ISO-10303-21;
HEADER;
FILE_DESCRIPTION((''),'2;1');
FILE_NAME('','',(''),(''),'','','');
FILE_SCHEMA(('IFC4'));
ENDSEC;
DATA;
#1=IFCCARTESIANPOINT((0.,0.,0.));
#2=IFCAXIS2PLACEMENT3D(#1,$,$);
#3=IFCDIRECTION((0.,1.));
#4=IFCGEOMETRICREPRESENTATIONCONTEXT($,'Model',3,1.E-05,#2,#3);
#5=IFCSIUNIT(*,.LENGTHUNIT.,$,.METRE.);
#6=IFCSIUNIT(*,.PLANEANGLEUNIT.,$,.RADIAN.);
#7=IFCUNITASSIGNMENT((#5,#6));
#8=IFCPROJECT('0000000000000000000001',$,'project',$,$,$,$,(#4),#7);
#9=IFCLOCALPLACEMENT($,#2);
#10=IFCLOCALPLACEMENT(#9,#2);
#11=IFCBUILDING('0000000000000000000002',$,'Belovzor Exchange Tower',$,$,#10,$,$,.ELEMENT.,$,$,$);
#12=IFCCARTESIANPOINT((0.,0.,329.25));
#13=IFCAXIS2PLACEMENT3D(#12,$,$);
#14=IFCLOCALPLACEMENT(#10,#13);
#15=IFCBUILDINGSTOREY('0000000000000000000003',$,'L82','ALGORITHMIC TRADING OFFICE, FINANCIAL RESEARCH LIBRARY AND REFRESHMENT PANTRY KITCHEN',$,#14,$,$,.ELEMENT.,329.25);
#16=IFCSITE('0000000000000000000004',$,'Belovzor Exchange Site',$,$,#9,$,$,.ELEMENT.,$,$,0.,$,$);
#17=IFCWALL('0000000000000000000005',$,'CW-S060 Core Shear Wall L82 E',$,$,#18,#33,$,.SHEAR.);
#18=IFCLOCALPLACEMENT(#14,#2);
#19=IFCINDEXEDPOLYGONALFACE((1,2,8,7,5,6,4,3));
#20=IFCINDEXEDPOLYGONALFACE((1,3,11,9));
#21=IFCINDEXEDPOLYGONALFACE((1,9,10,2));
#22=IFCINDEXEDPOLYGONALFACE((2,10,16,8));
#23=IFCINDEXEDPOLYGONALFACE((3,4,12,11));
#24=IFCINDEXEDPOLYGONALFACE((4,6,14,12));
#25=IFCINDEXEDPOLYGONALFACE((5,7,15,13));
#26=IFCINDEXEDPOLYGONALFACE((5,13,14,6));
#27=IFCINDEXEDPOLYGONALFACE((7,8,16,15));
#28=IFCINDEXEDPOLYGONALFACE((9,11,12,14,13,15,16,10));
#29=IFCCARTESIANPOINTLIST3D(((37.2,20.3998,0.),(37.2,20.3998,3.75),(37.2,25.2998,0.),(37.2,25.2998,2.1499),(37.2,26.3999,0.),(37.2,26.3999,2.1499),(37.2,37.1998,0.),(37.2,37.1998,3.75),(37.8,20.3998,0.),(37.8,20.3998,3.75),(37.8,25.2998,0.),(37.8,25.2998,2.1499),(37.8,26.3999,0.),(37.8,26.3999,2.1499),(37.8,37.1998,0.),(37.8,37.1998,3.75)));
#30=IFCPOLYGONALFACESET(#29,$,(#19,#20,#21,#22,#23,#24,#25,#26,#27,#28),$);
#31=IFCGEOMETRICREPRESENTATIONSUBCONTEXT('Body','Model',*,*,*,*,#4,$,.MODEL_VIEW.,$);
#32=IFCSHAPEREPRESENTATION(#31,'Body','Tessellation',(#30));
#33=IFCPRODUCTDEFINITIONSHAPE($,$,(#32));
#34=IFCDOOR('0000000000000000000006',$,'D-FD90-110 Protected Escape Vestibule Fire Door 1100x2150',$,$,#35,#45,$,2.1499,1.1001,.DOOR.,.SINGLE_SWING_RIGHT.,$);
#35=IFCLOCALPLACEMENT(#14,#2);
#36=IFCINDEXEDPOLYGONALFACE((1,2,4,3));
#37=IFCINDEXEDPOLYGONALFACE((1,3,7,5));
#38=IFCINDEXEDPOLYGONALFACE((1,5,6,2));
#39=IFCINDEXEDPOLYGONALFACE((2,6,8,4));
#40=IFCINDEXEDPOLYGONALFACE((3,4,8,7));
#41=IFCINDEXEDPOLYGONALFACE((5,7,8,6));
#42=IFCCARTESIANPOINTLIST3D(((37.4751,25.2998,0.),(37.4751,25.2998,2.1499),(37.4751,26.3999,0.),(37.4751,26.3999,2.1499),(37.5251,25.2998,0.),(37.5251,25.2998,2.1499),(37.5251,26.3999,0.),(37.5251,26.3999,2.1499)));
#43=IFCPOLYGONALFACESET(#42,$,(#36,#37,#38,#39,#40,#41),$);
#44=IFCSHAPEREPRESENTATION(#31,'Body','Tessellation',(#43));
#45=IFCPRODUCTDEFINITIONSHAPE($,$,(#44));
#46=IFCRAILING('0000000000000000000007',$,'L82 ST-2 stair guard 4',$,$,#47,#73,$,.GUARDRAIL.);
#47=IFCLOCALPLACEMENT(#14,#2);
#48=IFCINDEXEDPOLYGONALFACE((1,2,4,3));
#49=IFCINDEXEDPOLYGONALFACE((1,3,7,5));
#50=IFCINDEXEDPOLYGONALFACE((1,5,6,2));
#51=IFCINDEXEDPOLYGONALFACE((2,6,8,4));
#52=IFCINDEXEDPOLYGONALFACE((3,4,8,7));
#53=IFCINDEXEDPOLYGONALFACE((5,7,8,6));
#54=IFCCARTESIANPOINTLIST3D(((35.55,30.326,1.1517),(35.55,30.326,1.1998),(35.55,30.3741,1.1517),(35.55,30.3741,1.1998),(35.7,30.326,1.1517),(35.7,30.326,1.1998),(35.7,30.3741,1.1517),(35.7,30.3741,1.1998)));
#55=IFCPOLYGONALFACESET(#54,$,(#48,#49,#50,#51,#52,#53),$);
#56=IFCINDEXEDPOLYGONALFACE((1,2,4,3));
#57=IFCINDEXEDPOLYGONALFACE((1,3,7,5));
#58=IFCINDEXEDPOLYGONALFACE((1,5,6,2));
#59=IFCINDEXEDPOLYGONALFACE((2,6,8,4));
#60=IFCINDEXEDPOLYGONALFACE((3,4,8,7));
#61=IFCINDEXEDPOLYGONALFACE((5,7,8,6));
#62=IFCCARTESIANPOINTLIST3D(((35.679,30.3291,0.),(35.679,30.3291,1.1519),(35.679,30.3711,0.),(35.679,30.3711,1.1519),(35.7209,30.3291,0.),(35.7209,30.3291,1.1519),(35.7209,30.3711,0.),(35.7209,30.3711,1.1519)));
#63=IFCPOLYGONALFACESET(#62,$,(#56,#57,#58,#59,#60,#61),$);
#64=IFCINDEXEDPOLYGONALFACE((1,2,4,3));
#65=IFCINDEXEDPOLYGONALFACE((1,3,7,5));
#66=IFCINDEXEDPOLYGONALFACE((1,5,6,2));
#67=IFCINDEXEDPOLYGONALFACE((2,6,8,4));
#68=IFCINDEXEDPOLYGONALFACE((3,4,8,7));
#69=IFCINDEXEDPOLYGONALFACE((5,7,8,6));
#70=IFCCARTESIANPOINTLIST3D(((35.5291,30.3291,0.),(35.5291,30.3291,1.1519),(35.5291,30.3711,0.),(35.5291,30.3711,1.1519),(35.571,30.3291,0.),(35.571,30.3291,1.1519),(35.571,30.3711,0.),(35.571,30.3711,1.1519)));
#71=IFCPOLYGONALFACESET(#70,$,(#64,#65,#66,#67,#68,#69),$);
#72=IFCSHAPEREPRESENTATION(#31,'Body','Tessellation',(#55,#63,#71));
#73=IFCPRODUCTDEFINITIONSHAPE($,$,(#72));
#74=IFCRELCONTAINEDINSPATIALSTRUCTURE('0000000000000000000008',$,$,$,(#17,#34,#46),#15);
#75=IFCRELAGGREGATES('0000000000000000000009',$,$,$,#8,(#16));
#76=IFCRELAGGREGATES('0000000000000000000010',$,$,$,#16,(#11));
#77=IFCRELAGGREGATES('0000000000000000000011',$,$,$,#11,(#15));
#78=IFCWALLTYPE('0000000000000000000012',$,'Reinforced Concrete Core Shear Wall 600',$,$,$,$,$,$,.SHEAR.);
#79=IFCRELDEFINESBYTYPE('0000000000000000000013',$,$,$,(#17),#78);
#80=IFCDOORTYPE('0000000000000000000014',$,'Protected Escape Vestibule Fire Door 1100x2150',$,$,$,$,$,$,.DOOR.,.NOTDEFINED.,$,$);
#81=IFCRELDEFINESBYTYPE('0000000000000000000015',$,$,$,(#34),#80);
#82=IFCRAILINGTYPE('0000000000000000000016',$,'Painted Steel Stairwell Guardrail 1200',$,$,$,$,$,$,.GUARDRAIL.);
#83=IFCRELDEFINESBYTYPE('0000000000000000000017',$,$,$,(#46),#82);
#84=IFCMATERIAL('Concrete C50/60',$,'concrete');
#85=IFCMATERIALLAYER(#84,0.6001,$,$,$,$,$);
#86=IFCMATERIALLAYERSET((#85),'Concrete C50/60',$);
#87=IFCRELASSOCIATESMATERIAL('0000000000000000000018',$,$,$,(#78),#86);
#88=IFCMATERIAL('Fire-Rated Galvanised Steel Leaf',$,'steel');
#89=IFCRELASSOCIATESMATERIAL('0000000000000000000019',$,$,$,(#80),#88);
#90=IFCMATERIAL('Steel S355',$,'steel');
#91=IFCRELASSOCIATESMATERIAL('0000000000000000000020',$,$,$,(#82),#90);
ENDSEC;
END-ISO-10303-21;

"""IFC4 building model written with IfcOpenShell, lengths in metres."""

from ifc_helpers import new_model, si_unit, direction, frame, frame_2d, origin, origin_2d, place, context, subcontext, project, spatial, rectangle, extrude, material, layer, layer_set, type_object, element, fill, save


model = new_model("IFC4")

# Units and contexts
model_context = context("Model", 3, precision=1e-05, world=origin(), true_north=direction((0.0, 1.0)))
body_context = subcontext(model_context, "Body", "Model", "MODEL_VIEW")
ifc_project = project(units=[si_unit("LENGTHUNIT", "METRE"), si_unit("PLANEANGLEUNIT", "RADIAN")], contexts=[model_context])

# Site, building, storey
site_placement = place(None, origin())
site = spatial("IfcSite", under=ifc_project, at=site_placement, Name="Belovzor Exchange Site", CompositionType="ELEMENT", RefElevation=0.0)
building_placement = place(site_placement, origin())
building = spatial("IfcBuilding", under=site, at=building_placement, Name="Belovzor Exchange Tower", CompositionType="ELEMENT")
storey_placement = place(building_placement, frame((0.0, 0.0, 329.25)))
storey = spatial("IfcBuildingStorey", under=building, at=storey_placement, Name="L82", Description="ALGORITHMIC TRADING OFFICE, FINANCIAL RESEARCH LIBRARY AND REFRESHMENT PANTRY KITCHEN", CompositionType="ELEMENT", Elevation=329.25)

# Wall, opening, door
ifc_material_1 = material(Name="Concrete C50/60", Category="concrete")
ifc_layer_1 = layer(ifc_material_1, 0.6001)
ifc_layer_set_1 = layer_set([ifc_layer_1], Name="Concrete C50/60")
wall_type_1 = type_object("IfcWallType", Name="Reinforced Concrete Core Shear Wall 600", PredefinedType="SHEAR", material=ifc_layer_set_1)
wall_1_placement = place(storey_placement, frame((37.5, 20.3999, 0.0), z_axis=(0.0, 0.0, 1.0), x_axis=(0.0, 1.0, 0.0)))
wall_1 = element("IfcWall", 1, at=wall_1_placement, inside=storey, type_object=wall_type_1, Name="CW-S060 Core Shear Wall L82 E", PredefinedType="SHEAR", context=body_context, shape_type="SweptSolid", body=[
    extrude(rectangle(XDim=16.8, YDim=0.6001, at=frame_2d((8.3999, 0.0))), origin(), (0.0, 0.0, 1.0), 3.75),
])
opening_1_placement = place(wall_1_placement, frame((4.8999, 0.0, 0.0)))
opening_1 = element("IfcOpeningElement", 2, at=opening_1_placement, cuts=wall_1, PredefinedType="OPENING", context=body_context, shape_type="SweptSolid", body=[
    extrude(rectangle(XDim=1.1001, YDim=2.1499, at=frame_2d((0.55, 1.075))), frame((0.0, 0.3101, 0.0), z_axis=(0.0, -1.0, 0.0), x_axis=(1.0, 0.0, 0.0)), (0.0, 0.0, 1.0), 0.6201),
])
ifc_material_2 = material(Name="Fire-Rated Galvanised Steel Leaf", Category="steel")
door_type_1 = type_object("IfcDoorType", Name="Protected Escape Vestibule Fire Door 1100x2150", OperationType="NOTDEFINED", PredefinedType="DOOR", material=ifc_material_2)
door_1_placement = place(opening_1_placement, origin())
door_1 = element("IfcDoor", 3, at=door_1_placement, inside=storey, type_object=door_type_1, Name="D-FD90-110 Protected Escape Vestibule Fire Door 1100x2150", OperationType="SINGLE_SWING_RIGHT", OverallHeight=2.1499, OverallWidth=1.1001, PredefinedType="DOOR", context=body_context, shape_type="SweptSolid", body=[
    extrude(rectangle(XDim=1.1001, YDim=2.1499, at=frame_2d((0.55, 1.075))), frame((0.0, 0.0249, 0.0), z_axis=(0.0, -1.0, 0.0), x_axis=(1.0, 0.0, 0.0)), (0.0, 0.0, 1.0), 0.05),
])
fill(opening_1, door_1)

# Railing
ifc_material_3 = material(Name="Steel S355", Category="steel")
railing_type = type_object("IfcRailingType", Name="Painted Steel Stairwell Guardrail 1200", PredefinedType="GUARDRAIL", material=ifc_material_3)
railing_placement = place(storey_placement, frame((35.7, 30.3501, 0.0)))
element("IfcRailing", 4, at=railing_placement, inside=storey, type_object=railing_type, Name="L82 ST-2 stair guard 4", PredefinedType="GUARDRAIL", context=body_context, shape_type="SweptSolid", body=[
    extrude(rectangle(XDim=0.0481, YDim=0.0481, at=origin_2d()), frame((0.0, 0.0, 1.1758), z_axis=(-1.0, 0.0, 0.0), x_axis=(0.0, -1.0, 0.0)), (0.0, 0.0, 1.0), 0.1499),
    extrude(rectangle(XDim=0.042, YDim=0.042, at=origin_2d()), origin(), (0.0, 0.0, 1.0), 1.1519),
    extrude(rectangle(XDim=0.042, YDim=0.042, at=origin_2d()), frame((-0.1499, 0.0, 0.0)), (0.0, 0.0, 1.0), 1.1519),
])

save(model, "model.ifc")
